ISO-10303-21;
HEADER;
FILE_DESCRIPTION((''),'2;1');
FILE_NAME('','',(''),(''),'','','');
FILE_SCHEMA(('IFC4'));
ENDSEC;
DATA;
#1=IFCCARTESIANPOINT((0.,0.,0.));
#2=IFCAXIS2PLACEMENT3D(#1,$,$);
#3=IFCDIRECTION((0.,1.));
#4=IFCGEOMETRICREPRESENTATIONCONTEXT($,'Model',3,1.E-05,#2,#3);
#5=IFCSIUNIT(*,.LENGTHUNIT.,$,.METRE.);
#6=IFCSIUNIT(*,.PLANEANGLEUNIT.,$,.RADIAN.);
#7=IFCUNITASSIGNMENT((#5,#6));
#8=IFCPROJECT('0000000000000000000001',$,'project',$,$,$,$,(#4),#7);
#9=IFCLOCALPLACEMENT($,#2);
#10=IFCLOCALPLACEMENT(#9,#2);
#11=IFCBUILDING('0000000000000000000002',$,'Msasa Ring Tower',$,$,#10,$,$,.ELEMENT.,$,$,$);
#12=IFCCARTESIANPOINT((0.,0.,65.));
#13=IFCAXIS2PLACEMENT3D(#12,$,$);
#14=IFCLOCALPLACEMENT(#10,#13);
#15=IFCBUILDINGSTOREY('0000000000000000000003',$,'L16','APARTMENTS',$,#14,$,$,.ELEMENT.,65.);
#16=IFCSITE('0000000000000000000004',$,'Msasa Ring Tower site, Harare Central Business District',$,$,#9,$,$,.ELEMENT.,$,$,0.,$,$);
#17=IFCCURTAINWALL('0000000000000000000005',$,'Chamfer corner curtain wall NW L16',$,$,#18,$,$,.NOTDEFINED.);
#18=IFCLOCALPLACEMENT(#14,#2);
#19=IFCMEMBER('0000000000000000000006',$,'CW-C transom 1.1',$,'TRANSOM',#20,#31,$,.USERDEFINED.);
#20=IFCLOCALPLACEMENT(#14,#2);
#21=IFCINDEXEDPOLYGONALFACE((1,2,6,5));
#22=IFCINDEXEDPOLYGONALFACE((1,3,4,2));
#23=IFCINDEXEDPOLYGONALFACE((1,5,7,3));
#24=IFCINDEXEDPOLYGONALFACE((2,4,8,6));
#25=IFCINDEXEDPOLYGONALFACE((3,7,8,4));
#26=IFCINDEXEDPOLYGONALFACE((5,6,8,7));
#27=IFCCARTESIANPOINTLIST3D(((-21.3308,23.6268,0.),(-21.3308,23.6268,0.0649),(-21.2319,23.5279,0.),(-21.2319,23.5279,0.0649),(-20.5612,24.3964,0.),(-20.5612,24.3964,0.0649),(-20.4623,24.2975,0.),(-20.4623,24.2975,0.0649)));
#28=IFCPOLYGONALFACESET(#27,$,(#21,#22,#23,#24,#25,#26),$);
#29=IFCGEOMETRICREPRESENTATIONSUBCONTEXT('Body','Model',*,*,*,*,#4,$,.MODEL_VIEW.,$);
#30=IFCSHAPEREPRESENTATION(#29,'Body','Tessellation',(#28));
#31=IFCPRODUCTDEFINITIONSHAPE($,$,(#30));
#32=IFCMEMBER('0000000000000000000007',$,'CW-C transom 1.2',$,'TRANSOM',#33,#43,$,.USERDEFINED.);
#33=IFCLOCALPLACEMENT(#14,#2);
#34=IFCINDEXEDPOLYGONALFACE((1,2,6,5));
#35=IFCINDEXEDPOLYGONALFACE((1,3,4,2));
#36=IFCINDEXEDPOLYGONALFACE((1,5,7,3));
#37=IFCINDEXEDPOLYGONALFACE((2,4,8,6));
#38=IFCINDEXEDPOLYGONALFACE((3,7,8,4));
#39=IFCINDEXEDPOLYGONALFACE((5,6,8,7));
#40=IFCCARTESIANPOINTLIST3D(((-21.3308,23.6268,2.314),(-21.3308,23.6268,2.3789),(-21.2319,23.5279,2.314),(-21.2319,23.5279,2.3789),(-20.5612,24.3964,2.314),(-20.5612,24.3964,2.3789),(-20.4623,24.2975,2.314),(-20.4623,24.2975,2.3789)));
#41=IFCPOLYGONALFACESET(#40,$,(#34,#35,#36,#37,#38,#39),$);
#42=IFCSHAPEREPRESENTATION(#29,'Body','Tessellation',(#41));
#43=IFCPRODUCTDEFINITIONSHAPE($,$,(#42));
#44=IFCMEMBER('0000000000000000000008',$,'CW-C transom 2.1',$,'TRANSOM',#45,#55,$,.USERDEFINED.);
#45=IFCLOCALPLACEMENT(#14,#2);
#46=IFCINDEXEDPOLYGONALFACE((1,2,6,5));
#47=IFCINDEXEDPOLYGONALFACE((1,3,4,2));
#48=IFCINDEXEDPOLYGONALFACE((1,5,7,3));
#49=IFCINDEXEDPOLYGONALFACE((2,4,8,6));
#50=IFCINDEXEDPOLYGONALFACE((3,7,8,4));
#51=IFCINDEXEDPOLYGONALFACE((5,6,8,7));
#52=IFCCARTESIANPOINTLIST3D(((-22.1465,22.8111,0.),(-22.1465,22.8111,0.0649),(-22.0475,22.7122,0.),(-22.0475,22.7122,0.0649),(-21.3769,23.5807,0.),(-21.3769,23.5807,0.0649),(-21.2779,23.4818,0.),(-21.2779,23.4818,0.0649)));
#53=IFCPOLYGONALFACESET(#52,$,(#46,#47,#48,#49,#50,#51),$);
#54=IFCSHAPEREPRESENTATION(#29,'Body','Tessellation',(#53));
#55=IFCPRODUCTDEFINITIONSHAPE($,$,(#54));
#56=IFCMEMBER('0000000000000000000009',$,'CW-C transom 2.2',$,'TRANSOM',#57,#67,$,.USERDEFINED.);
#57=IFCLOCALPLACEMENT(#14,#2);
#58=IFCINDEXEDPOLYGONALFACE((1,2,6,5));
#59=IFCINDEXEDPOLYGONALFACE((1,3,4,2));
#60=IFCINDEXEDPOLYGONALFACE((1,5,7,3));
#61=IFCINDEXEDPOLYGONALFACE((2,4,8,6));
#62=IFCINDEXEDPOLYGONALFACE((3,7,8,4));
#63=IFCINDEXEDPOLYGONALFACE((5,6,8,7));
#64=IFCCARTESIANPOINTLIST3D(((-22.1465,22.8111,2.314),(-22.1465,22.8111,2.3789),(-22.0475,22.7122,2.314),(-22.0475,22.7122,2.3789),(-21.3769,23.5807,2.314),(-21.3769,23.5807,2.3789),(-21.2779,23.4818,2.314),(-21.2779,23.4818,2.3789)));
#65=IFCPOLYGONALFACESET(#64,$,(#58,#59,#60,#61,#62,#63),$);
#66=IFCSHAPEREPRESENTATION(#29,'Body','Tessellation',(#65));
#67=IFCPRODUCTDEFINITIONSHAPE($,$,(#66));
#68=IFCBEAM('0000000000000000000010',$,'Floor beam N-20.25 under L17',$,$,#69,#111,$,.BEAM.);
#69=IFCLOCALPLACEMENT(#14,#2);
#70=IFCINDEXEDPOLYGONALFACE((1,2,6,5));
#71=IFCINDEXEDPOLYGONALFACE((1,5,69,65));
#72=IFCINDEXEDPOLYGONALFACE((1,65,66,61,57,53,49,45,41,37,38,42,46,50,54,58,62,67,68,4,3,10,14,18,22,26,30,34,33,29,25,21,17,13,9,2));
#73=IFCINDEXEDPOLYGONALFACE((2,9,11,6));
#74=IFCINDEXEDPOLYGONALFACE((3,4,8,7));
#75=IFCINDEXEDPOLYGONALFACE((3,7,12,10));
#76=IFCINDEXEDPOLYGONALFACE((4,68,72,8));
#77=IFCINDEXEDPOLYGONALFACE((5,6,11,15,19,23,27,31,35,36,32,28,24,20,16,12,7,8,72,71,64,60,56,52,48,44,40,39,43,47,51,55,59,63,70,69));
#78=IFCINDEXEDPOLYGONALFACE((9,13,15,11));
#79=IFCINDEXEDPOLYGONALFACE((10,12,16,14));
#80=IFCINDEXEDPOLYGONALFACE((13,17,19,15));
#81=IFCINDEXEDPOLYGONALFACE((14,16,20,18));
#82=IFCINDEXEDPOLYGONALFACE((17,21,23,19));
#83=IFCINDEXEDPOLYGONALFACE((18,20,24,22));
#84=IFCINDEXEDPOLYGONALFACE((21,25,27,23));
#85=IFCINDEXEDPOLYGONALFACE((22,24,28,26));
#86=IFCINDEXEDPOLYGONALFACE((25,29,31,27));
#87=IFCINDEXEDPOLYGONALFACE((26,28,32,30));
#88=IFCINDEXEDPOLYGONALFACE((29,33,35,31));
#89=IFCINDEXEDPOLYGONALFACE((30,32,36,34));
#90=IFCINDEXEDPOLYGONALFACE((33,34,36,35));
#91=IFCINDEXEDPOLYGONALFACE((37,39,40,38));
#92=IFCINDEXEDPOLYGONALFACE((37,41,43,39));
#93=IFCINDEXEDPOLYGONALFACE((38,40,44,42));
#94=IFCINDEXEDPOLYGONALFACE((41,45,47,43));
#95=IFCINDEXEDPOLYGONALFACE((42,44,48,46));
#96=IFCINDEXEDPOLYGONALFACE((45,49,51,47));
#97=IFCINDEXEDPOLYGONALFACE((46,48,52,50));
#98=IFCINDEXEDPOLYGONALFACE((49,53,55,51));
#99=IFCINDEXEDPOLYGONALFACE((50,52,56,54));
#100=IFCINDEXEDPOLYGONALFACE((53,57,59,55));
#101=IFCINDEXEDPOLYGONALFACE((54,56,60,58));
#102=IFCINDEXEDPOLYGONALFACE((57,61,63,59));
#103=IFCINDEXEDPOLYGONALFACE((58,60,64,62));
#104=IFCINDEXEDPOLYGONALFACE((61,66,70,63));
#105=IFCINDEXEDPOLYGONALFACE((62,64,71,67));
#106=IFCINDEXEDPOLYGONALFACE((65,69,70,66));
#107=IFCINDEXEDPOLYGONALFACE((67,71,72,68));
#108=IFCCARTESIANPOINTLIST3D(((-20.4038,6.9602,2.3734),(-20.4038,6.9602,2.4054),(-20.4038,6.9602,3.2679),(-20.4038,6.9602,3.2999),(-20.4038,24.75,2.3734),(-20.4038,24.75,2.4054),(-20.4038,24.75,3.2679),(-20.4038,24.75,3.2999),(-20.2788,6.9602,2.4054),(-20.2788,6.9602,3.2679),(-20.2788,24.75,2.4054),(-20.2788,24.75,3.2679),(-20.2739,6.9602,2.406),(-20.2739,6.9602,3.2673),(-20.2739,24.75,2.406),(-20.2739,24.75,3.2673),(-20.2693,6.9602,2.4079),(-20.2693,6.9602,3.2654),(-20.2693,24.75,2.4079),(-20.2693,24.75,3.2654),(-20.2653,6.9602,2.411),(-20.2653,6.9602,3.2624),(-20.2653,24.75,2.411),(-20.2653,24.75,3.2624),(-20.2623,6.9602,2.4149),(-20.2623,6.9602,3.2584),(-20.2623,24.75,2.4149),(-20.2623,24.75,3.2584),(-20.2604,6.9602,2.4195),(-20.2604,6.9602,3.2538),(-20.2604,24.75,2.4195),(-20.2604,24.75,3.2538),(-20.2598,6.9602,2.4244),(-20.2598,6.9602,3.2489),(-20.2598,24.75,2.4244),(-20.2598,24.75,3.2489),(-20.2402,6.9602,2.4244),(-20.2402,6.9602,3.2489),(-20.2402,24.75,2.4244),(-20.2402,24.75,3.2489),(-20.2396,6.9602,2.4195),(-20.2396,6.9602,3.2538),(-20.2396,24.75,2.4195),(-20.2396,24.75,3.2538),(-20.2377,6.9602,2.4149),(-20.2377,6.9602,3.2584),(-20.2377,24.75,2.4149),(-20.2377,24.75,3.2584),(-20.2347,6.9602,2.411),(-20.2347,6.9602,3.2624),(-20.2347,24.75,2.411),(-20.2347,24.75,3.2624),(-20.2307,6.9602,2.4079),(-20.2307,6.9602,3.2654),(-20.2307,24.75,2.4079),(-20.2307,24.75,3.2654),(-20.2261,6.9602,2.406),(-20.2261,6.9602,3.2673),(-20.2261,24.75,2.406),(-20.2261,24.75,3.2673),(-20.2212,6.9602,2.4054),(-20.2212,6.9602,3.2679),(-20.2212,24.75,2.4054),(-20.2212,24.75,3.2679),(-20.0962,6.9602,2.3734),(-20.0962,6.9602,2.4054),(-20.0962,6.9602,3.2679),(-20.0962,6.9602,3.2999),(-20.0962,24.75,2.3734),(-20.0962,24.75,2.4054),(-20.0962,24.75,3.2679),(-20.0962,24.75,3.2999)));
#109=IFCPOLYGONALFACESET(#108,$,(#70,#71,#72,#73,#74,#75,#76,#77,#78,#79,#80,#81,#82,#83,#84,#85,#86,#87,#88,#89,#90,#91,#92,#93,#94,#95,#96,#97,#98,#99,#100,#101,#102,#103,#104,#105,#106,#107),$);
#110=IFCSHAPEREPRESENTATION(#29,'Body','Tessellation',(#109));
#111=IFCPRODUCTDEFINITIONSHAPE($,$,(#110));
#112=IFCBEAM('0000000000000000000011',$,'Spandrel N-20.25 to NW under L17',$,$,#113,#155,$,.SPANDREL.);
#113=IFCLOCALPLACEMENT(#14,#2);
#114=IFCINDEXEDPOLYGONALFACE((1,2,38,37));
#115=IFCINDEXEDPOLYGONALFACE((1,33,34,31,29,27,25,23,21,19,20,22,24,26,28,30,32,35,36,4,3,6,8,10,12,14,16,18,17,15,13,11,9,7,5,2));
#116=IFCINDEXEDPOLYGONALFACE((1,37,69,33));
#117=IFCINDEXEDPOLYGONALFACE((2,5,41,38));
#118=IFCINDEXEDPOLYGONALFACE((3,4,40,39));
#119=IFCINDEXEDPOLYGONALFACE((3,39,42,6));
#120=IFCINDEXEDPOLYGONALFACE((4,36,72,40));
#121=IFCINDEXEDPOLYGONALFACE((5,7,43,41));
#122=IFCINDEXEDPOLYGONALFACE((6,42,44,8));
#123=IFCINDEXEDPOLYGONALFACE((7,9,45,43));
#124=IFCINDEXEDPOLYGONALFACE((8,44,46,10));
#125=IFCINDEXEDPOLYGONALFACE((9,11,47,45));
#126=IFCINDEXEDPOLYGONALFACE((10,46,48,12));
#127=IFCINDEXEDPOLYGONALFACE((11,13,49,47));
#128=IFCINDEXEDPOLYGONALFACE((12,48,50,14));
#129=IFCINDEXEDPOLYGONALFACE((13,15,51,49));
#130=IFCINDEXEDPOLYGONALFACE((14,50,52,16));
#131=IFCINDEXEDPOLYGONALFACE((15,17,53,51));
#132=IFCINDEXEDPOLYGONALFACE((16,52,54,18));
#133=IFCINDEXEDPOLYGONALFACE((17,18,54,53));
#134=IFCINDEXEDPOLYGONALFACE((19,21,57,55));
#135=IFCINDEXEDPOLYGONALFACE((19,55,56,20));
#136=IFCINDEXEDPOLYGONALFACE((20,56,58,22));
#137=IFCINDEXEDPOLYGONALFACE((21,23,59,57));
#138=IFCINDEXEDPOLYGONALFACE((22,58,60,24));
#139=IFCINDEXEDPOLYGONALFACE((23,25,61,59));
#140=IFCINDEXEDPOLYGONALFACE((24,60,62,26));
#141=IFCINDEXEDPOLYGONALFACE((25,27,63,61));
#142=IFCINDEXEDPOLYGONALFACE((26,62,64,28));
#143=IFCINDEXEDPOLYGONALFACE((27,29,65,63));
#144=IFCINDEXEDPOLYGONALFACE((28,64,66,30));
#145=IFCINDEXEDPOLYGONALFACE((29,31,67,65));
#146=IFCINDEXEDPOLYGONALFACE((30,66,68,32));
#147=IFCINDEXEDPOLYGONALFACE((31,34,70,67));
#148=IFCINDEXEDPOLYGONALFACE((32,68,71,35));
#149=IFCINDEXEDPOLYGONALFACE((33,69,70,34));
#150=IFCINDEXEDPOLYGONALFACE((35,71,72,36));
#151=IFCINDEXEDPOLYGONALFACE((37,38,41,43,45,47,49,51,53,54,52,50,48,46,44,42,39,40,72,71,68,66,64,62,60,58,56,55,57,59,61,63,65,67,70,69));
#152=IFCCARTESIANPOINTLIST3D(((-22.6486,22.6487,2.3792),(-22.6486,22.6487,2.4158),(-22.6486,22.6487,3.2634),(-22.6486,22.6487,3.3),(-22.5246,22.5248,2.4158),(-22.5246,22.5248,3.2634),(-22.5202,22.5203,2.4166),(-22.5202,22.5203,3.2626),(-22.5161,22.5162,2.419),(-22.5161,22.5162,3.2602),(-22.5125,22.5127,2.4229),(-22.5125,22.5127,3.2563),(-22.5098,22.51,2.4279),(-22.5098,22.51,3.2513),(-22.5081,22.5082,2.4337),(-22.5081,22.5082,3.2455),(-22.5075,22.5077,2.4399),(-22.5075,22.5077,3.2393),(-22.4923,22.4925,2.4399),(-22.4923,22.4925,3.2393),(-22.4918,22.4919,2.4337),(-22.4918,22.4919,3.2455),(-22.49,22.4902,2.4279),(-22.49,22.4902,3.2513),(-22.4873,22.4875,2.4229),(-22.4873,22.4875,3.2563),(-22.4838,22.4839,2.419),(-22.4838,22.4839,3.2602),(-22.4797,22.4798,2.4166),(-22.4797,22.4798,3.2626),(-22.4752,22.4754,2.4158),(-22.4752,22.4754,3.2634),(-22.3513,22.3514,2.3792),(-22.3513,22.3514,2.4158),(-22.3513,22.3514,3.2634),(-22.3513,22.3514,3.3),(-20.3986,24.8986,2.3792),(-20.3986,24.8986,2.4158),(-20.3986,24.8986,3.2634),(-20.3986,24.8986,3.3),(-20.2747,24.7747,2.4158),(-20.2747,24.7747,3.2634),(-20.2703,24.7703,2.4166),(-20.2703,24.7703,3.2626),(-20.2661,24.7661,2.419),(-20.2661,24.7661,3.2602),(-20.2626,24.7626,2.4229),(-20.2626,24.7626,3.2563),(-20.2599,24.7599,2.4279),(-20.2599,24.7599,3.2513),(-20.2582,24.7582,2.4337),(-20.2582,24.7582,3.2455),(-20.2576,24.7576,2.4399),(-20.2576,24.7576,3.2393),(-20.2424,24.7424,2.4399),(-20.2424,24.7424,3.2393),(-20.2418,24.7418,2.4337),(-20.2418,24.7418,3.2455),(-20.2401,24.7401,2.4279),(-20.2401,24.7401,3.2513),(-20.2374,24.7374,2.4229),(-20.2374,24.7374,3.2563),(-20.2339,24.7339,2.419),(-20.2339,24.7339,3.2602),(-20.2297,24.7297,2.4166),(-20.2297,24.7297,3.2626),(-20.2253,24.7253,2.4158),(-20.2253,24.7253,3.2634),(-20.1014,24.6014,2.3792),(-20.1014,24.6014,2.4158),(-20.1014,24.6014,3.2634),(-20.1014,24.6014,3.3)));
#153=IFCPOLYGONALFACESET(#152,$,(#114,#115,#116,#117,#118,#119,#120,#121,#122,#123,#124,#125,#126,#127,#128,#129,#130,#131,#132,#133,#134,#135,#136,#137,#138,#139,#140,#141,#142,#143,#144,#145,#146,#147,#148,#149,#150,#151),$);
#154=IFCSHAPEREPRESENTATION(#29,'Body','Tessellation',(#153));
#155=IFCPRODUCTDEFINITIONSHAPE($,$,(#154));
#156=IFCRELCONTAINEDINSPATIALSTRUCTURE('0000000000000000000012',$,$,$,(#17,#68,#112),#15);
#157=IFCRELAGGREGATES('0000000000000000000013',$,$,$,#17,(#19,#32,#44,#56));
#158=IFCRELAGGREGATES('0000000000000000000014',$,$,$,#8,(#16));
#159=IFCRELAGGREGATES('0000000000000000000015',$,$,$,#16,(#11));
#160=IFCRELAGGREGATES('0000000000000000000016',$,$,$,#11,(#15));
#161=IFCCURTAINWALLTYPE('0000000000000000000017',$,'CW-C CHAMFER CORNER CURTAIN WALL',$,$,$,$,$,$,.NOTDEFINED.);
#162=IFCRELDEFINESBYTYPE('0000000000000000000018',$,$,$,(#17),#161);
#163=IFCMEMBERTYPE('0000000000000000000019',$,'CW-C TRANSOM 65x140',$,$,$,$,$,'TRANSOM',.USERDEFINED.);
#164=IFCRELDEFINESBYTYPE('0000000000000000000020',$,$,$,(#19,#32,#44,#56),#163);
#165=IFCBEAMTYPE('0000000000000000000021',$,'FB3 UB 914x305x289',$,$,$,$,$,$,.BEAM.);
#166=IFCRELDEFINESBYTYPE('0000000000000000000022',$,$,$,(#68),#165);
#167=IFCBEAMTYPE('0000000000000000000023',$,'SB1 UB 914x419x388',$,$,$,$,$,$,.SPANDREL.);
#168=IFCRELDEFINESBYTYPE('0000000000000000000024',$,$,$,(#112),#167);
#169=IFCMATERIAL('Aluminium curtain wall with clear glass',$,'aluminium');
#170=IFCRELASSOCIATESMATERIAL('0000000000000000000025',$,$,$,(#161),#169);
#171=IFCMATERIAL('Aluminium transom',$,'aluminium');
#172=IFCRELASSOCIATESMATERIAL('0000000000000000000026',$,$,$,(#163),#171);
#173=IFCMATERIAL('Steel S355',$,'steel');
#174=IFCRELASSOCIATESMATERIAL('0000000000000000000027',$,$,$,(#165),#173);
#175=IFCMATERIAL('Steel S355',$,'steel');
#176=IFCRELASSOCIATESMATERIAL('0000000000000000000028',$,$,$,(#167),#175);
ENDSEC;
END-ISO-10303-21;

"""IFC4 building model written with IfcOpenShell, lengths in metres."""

from ifc_helpers import new_model, si_unit, direction, frame, origin, origin_2d, place, context, subcontext, project, spatial, rectangle, i_section, extrude, material, material_profile, profile_set, type_object, element, aggregate, save


model = new_model("IFC4")

# Units and contexts
model_context = context("Model", 3, precision=1e-05, world=origin(), true_north=direction((0.0, 1.0)))
body_context = subcontext(model_context, "Body", "Model", "MODEL_VIEW")
ifc_project = project(units=[si_unit("LENGTHUNIT", "METRE"), si_unit("PLANEANGLEUNIT", "RADIAN")], contexts=[model_context])

# Site, building, storey
site_placement = place(None, origin())
site = spatial("IfcSite", under=ifc_project, at=site_placement, Name="Msasa Ring Tower site, Harare Central Business District", CompositionType="ELEMENT", RefElevation=0.0)
building_placement = place(site_placement, origin())
building = spatial("IfcBuilding", under=site, at=building_placement, Name="Msasa Ring Tower", CompositionType="ELEMENT")
storey_placement = place(building_placement, frame((0.0, 0.0, 65.0)))
storey = spatial("IfcBuildingStorey", under=building, at=storey_placement, Name="L16", Description="APARTMENTS", CompositionType="ELEMENT", Elevation=65.0)

# Curtain wall
ifc_material_1 = material(Name="Aluminium curtain wall with clear glass", Category="aluminium")
curtain_wall_type = type_object("IfcCurtainWallType", Name="CW-C CHAMFER CORNER CURTAIN WALL", PredefinedType="NOTDEFINED", material=ifc_material_1)
curtain_wall_1_placement = place(storey_placement, origin())
curtain_wall_1 = element("IfcCurtainWall", 1, at=curtain_wall_1_placement, inside=storey, type_object=curtain_wall_type, Name="Chamfer corner curtain wall NW L16", PredefinedType="NOTDEFINED")

# Members
ifc_material_2 = material(Name="Aluminium transom", Category="aluminium")
ifc_material_profile_1 = material_profile(ifc_material_2, rectangle(XDim=0.1399, YDim=0.0649, at=origin_2d()), Name="AL 65x140")
ifc_profile_set_1 = profile_set([ifc_material_profile_1], Name="Aluminium transom")
member_type_1 = type_object("IfcMemberType", Name="CW-C TRANSOM 65x140", ElementType="TRANSOM", PredefinedType="USERDEFINED", material=ifc_profile_set_1)
member_1_placement = place(storey_placement, frame((-20.5117, 24.3469, 0.0325), z_axis=(-0.707107, -0.707107, 0.0), x_axis=(0.707107, -0.707107, 0.0)))
member_1 = element("IfcMember", 2, at=member_1_placement, type_object=member_type_1, Name="CW-C transom 1.1", ObjectType="TRANSOM", PredefinedType="USERDEFINED", context=body_context, shape_type="SweptSolid", body=[
    extrude(rectangle(XDim=0.1399, YDim=0.0649, at=origin_2d()), origin(), (0.0, 0.0, 1.0), 1.0884),
])
member_2_placement = place(storey_placement, frame((-20.5117, 24.3469, 2.3464), z_axis=(-0.707107, -0.707107, 0.0), x_axis=(0.707107, -0.707107, 0.0)))
member_2 = element("IfcMember", 3, at=member_2_placement, type_object=member_type_1, Name="CW-C transom 1.2", ObjectType="TRANSOM", PredefinedType="USERDEFINED", context=body_context, shape_type="SweptSolid", body=[
    extrude(rectangle(XDim=0.1399, YDim=0.0649, at=origin_2d()), origin(), (0.0, 0.0, 1.0), 1.0884),
])
member_3_placement = place(storey_placement, frame((-21.3274, 23.5312, 0.0325), z_axis=(-0.707107, -0.707107, 0.0), x_axis=(0.707107, -0.707107, 0.0)))
member_3 = element("IfcMember", 4, at=member_3_placement, type_object=member_type_1, Name="CW-C transom 2.1", ObjectType="TRANSOM", PredefinedType="USERDEFINED", context=body_context, shape_type="SweptSolid", body=[
    extrude(rectangle(XDim=0.1399, YDim=0.0649, at=origin_2d()), origin(), (0.0, 0.0, 1.0), 1.0884),
])
member_4_placement = place(storey_placement, frame((-21.3274, 23.5312, 2.3464), z_axis=(-0.707107, -0.707107, 0.0), x_axis=(0.707107, -0.707107, 0.0)))
member_4 = element("IfcMember", 5, at=member_4_placement, type_object=member_type_1, Name="CW-C transom 2.2", ObjectType="TRANSOM", PredefinedType="USERDEFINED", context=body_context, shape_type="SweptSolid", body=[
    extrude(rectangle(XDim=0.1399, YDim=0.0649, at=origin_2d()), origin(), (0.0, 0.0, 1.0), 1.0884),
])

# Beams
ifc_material_3 = material(Name="Steel S355", Category="steel")
ifc_material_profile_2 = material_profile(ifc_material_3, i_section(OverallWidth=0.3076, OverallDepth=0.9265, WebThickness=0.0195, FlangeThickness=0.032, FilletRadius=0.019, at=origin_2d()), Name="UB 914x305x289")
ifc_profile_set_2 = profile_set([ifc_material_profile_2], Name="Steel S355")
beam_type_1 = type_object("IfcBeamType", Name="FB3 UB 914x305x289", PredefinedType="BEAM", material=ifc_profile_set_2)
beam_placement = place(storey_placement, frame((-20.25, 24.75, 2.8367), z_axis=(0.0, -1.0, 0.0), x_axis=(1.0, 0.0, 0.0)))
element("IfcBeam", 6, at=beam_placement, inside=storey, type_object=beam_type_1, Name="Floor beam N-20.25 under L17", PredefinedType="BEAM", context=body_context, shape_type="SweptSolid", body=[
    extrude(i_section(OverallWidth=0.3076, OverallDepth=0.9265, WebThickness=0.0195, FlangeThickness=0.032, FilletRadius=0.019, at=origin_2d()), origin(), (0.0, 0.0, 1.0), 17.7898),
])
ifc_material_4 = material(Name="Steel S355", Category="steel")
ifc_material_profile_3 = material_profile(ifc_material_4, i_section(OverallWidth=0.4204, OverallDepth=0.9209, WebThickness=0.0215, FlangeThickness=0.0366, FilletRadius=0.0242, at=origin_2d()), Name="UB 914x419x388")
ifc_profile_set_3 = profile_set([ifc_material_profile_3], Name="Steel S355")
beam_type_2 = type_object("IfcBeamType", Name="SB1 UB 914x419x388", PredefinedType="SPANDREL", material=ifc_profile_set_3)
for number, where, z_axis, x_axis, name in (
    (7, (-20.25, 24.75, 2.8396), (-0.707107, -0.707107, 0.0), (0.707107, -0.707107, 0.0), "Spandrel N-20.25 to NW under L17"),
):
    element("IfcBeam", number, at=place(storey_placement, frame(where, z_axis=z_axis, x_axis=x_axis)), inside=storey, type_object=beam_type_2, Name=name, PredefinedType="SPANDREL", context=body_context, shape_type="SweptSolid", body=[
        extrude(i_section(OverallWidth=0.4204, OverallDepth=0.9209, WebThickness=0.0215, FlangeThickness=0.0366, FilletRadius=0.0242, at=origin_2d()), origin(), (0.0, 0.0, 1.0), 3.1819),
    ])

aggregate(curtain_wall_1, [member_1, member_2, member_3, member_4])

save(model, "model.ifc")
